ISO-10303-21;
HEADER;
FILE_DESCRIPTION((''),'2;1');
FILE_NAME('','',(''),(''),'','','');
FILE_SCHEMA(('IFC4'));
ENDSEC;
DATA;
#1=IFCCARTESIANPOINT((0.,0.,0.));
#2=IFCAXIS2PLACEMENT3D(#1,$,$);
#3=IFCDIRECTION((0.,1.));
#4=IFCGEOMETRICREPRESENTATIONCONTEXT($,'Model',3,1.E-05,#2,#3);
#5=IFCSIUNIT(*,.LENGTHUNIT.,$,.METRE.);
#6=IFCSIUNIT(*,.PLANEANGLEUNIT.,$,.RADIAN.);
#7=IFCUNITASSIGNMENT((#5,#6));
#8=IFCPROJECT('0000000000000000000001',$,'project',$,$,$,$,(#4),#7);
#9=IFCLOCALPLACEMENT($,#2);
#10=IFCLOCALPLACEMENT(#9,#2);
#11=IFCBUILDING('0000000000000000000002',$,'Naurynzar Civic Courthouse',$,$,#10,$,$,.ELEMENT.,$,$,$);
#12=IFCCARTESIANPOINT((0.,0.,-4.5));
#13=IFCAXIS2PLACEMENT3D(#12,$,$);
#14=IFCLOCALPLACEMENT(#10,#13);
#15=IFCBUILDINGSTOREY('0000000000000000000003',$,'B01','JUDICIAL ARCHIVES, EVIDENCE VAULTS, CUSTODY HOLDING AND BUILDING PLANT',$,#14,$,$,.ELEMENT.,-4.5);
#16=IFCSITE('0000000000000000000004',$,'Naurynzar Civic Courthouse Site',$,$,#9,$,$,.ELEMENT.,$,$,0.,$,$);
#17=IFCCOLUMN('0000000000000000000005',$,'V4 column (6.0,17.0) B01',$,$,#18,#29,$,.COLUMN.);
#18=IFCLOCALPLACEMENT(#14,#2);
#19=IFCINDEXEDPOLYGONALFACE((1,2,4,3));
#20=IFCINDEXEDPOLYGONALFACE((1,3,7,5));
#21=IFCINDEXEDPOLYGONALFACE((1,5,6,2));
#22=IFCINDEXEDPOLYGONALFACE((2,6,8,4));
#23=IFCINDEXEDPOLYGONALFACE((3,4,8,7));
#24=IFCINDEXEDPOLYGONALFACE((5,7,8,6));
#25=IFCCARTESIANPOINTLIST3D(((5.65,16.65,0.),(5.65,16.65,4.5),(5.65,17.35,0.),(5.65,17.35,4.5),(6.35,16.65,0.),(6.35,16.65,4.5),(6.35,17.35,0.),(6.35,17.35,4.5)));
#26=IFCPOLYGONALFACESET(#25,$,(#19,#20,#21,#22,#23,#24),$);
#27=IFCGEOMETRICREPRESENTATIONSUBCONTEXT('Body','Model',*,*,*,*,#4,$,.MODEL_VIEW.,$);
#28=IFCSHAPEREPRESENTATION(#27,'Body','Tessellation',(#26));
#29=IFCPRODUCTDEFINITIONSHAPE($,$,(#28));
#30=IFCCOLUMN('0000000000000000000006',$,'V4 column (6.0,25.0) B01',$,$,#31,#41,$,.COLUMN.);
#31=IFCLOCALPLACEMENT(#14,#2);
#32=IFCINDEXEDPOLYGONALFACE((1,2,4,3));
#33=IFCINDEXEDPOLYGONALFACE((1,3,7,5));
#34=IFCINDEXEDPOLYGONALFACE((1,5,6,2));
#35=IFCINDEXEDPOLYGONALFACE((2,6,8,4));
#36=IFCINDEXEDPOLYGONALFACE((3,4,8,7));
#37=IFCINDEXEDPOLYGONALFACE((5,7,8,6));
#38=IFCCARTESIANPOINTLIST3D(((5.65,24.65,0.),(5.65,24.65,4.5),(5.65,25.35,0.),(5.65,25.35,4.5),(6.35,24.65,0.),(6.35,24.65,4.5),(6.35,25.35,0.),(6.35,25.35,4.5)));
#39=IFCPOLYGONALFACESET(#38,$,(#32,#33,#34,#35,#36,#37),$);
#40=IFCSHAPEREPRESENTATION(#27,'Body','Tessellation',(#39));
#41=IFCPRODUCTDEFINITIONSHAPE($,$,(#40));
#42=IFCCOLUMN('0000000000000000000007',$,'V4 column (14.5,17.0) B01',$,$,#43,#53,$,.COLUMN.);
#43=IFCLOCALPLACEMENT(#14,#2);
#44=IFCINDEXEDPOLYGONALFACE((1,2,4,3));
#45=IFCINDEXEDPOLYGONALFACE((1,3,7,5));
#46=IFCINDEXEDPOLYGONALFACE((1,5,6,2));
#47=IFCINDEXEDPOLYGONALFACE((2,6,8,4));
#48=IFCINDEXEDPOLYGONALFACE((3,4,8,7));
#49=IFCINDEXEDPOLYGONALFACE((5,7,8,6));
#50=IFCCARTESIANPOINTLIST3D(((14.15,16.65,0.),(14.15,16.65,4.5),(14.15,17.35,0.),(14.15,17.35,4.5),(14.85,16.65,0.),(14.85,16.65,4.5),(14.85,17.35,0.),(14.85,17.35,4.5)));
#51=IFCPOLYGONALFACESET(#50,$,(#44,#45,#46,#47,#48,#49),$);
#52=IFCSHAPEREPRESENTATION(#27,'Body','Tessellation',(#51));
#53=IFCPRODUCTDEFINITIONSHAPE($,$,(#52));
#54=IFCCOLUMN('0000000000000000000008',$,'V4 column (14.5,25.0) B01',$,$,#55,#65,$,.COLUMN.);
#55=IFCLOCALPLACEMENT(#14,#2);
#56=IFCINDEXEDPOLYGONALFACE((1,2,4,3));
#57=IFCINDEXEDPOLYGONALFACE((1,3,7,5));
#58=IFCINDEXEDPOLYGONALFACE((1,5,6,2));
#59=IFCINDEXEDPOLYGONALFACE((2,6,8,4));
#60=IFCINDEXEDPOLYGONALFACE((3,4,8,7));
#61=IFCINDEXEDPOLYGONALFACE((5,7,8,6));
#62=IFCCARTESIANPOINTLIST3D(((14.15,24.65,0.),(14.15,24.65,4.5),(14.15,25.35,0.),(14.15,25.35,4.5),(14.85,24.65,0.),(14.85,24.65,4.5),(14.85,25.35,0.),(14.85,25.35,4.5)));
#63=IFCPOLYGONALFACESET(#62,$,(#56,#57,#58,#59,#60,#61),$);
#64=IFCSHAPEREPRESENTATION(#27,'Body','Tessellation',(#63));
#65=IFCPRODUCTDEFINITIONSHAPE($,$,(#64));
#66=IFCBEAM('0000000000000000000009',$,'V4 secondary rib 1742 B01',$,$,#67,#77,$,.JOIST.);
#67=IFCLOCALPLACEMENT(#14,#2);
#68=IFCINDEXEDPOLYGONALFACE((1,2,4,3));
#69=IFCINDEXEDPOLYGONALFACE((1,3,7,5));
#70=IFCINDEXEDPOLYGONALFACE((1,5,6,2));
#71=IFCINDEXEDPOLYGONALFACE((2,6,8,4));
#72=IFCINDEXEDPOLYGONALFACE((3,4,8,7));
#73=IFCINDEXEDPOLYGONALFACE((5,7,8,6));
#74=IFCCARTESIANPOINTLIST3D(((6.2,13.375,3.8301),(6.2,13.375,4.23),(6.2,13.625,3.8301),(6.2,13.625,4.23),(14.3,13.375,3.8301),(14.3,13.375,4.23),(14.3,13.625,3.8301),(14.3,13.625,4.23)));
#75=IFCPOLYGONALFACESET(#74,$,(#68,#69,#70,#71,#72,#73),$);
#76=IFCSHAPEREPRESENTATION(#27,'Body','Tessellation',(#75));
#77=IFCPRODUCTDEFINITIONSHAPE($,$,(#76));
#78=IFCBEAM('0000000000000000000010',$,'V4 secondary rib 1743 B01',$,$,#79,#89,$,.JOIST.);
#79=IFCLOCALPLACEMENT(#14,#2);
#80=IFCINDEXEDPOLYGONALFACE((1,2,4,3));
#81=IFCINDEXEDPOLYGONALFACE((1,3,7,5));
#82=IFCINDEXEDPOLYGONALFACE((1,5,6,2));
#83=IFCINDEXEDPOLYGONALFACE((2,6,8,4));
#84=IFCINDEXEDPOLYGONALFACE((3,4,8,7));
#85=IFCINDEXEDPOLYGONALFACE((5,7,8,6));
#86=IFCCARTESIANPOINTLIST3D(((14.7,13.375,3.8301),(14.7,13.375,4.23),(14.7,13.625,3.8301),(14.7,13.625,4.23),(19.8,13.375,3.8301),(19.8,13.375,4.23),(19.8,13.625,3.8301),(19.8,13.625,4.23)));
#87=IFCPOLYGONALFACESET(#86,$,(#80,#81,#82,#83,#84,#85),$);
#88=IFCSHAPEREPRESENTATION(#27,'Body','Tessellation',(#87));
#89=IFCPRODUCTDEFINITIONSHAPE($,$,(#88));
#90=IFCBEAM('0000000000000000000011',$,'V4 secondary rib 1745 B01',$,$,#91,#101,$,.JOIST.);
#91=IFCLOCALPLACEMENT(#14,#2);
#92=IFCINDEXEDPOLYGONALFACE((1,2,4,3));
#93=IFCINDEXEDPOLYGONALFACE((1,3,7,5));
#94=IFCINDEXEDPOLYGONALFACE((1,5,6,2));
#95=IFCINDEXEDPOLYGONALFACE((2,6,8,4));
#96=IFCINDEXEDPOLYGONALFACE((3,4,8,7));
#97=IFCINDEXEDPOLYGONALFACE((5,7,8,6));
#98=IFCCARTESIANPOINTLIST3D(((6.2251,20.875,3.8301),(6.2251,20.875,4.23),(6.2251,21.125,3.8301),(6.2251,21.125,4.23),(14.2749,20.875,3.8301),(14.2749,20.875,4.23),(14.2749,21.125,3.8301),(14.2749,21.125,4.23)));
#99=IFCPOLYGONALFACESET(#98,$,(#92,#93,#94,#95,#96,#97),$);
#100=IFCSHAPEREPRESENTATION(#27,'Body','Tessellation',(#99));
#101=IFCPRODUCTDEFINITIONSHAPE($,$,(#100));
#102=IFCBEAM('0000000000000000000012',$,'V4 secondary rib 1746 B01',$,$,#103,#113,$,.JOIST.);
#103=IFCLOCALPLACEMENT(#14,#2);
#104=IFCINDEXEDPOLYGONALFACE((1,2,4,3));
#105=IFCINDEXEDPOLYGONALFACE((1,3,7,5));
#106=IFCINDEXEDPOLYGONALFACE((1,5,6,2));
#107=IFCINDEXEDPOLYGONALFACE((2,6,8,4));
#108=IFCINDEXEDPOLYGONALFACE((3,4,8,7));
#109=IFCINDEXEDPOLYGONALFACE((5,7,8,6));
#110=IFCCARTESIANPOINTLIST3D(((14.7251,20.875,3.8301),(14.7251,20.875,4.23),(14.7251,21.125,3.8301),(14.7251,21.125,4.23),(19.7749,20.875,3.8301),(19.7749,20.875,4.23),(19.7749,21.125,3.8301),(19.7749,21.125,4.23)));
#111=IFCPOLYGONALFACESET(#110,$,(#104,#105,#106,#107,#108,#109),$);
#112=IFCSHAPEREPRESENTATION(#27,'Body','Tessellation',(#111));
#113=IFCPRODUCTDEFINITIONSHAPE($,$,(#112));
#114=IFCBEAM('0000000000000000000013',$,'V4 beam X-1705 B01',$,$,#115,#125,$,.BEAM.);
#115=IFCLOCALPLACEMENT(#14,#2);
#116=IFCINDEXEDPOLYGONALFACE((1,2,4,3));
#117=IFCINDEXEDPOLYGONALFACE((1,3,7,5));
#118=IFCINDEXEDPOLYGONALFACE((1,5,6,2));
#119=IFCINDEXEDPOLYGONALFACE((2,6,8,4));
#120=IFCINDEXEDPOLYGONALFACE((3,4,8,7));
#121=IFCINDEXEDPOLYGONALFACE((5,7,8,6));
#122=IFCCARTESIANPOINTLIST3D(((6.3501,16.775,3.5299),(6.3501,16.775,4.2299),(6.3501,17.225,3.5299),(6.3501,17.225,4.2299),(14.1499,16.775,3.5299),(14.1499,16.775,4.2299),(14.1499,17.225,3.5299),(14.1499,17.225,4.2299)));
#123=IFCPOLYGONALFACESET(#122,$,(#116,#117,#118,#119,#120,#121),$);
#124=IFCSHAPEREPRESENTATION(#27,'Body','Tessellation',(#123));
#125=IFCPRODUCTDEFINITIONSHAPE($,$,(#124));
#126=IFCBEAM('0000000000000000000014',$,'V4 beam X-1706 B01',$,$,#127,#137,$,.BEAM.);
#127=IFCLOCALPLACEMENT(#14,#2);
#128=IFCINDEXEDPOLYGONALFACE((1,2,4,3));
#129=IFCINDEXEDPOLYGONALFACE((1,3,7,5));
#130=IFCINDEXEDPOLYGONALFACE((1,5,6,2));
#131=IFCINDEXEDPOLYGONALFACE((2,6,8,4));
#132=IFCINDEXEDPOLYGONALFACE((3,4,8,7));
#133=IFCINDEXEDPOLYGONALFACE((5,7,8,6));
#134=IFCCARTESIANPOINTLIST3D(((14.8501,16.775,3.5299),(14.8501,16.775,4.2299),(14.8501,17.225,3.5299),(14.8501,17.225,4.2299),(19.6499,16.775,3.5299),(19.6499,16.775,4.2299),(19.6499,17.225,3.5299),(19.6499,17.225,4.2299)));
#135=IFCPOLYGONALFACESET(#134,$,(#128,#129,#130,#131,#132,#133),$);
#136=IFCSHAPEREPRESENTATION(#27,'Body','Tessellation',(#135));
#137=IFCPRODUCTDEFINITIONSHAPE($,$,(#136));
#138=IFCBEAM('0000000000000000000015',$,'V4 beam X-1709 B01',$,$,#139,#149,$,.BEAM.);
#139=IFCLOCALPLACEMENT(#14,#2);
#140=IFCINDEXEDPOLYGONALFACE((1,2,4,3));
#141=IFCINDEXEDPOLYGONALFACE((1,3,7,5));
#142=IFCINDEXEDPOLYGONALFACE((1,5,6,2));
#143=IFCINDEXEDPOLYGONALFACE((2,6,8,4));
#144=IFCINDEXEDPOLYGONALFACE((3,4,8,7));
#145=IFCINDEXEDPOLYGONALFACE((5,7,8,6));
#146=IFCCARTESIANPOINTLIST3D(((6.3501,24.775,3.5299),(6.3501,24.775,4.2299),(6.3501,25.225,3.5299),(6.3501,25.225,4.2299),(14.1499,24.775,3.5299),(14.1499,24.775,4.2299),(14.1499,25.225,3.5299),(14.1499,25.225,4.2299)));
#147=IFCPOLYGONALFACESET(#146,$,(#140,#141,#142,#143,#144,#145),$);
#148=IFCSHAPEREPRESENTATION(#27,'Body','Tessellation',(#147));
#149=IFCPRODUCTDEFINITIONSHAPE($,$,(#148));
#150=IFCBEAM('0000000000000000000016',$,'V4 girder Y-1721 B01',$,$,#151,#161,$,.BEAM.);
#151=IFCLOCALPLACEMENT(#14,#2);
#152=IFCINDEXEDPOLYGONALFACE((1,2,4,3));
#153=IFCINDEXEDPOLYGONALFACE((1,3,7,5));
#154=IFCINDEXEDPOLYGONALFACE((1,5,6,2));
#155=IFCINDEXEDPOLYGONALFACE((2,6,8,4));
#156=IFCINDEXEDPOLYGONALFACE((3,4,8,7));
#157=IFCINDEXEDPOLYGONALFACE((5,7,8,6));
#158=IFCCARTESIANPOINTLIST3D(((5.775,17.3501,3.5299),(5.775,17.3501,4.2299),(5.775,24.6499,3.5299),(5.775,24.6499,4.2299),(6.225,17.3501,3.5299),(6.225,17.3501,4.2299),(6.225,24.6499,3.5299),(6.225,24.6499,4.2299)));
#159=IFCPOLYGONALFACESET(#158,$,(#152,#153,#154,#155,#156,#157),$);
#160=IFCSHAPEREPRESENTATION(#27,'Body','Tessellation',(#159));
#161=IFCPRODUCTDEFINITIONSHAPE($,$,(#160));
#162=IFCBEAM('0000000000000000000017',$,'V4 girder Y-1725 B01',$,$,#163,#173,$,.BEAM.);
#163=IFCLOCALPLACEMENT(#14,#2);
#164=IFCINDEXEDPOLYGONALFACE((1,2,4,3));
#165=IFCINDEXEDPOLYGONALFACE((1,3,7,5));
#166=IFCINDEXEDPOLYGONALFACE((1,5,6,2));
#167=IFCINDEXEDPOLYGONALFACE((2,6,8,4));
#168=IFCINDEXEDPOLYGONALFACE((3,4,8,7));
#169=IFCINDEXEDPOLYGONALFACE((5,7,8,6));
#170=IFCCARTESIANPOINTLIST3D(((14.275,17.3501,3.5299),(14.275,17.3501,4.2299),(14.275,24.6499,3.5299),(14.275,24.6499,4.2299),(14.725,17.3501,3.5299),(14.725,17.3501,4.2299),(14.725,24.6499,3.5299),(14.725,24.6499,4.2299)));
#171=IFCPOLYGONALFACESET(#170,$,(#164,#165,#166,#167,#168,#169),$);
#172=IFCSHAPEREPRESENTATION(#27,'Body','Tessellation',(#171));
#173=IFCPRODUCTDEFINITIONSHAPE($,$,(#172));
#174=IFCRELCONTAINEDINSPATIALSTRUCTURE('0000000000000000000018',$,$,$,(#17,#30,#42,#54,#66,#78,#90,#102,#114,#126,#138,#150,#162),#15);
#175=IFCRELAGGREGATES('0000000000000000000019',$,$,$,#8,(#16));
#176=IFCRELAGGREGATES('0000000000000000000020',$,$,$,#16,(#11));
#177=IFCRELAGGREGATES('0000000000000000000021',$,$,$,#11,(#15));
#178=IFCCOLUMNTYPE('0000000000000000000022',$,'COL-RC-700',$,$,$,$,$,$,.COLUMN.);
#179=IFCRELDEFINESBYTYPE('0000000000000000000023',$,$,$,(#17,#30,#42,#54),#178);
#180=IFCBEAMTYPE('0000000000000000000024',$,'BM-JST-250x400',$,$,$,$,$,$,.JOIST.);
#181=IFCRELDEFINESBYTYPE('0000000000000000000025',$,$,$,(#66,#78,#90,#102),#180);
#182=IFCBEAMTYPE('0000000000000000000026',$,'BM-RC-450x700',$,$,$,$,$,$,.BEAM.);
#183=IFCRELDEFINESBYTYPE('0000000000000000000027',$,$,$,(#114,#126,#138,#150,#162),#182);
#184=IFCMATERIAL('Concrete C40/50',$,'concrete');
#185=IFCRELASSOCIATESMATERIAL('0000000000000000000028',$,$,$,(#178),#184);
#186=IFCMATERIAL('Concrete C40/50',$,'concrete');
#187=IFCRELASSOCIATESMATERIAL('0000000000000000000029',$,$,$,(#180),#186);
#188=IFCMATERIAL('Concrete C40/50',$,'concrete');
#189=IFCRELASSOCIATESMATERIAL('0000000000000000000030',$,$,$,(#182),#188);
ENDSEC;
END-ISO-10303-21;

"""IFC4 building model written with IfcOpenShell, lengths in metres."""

from ifc_helpers import new_model, si_unit, direction, frame, origin, origin_2d, place, context, subcontext, project, spatial, rectangle, extrude, material, material_profile, profile_set, type_object, element, save


model = new_model("IFC4")

# Units and contexts
model_context = context("Model", 3, precision=1e-05, world=origin(), true_north=direction((0.0, 1.0)))
body_context = subcontext(model_context, "Body", "Model", "MODEL_VIEW")
ifc_project = project(units=[si_unit("LENGTHUNIT", "METRE"), si_unit("PLANEANGLEUNIT", "RADIAN")], contexts=[model_context])

# Site, building, storey
site_placement = place(None, origin())
site = spatial("IfcSite", under=ifc_project, at=site_placement, Name="Naurynzar Civic Courthouse Site", CompositionType="ELEMENT", RefElevation=0.0)
building_placement = place(site_placement, origin())
building = spatial("IfcBuilding", under=site, at=building_placement, Name="Naurynzar Civic Courthouse", CompositionType="ELEMENT")
storey_placement = place(building_placement, frame((0.0, 0.0, -4.5)))
storey = spatial("IfcBuildingStorey", under=building, at=storey_placement, Name="B01", Description="JUDICIAL ARCHIVES, EVIDENCE VAULTS, CUSTODY HOLDING AND BUILDING PLANT", CompositionType="ELEMENT", Elevation=-4.5)

# Columns
ifc_material_1 = material(Name="Concrete C40/50", Category="concrete")
ifc_material_profile_1 = material_profile(ifc_material_1, rectangle(XDim=0.7, YDim=0.7, at=origin_2d()), Name="RC 700x700")
ifc_profile_set_1 = profile_set([ifc_material_profile_1], Name="Concrete C40/50")
column_type = type_object("IfcColumnType", Name="COL-RC-700", PredefinedType="COLUMN", material=ifc_profile_set_1)
for number, where, z_axis, x_axis, name in (
    (1, (6.0, 17.0, 0.0), (0.0, 0.0, 1.0), (1.0, 0.0, 0.0), "V4 column (6.0,17.0) B01"),
    (2, (6.0, 25.0, 0.0), (0.0, 0.0, 1.0), (1.0, 0.0, 0.0), "V4 column (6.0,25.0) B01"),
    (3, (14.5, 17.0, 0.0), (0.0, 0.0, 1.0), (1.0, 0.0, 0.0), "V4 column (14.5,17.0) B01"),
    (4, (14.5, 25.0, 0.0), (0.0, 0.0, 1.0), (1.0, 0.0, 0.0), "V4 column (14.5,25.0) B01"),
):
    element("IfcColumn", number, at=place(storey_placement, frame(where, z_axis=z_axis, x_axis=x_axis)), inside=storey, type_object=column_type, Name=name, PredefinedType="COLUMN", context=body_context, shape_type="SweptSolid", body=[
        extrude(rectangle(XDim=0.7, YDim=0.7, at=origin_2d()), origin(), (0.0, 0.0, 1.0), 4.5),
    ])

# Beams
ifc_material_2 = material(Name="Concrete C40/50", Category="concrete")
ifc_material_profile_2 = material_profile(ifc_material_2, rectangle(XDim=0.25, YDim=0.3999, at=origin_2d()), Name="RCB 250x400")
ifc_profile_set_2 = profile_set([ifc_material_profile_2], Name="Concrete C40/50")
beam_type_1 = type_object("IfcBeamType", Name="BM-JST-250x400", PredefinedType="JOIST", material=ifc_profile_set_2)
beam_1_placement = place(storey_placement, frame((6.2, 13.5, 4.03), z_axis=(1.0, 0.0, 0.0), x_axis=(0.0, 1.0, 0.0)))
element("IfcBeam", 5, at=beam_1_placement, inside=storey, type_object=beam_type_1, Name="V4 secondary rib 1742 B01", PredefinedType="JOIST", context=body_context, shape_type="SweptSolid", body=[
    extrude(rectangle(XDim=0.25, YDim=0.3999, at=origin_2d()), origin(), (0.0, 0.0, 1.0), 8.1001),
])
beam_2_placement = place(storey_placement, frame((14.7, 13.5, 4.03), z_axis=(1.0, 0.0, 0.0), x_axis=(0.0, 1.0, 0.0)))
element("IfcBeam", 6, at=beam_2_placement, inside=storey, type_object=beam_type_1, Name="V4 secondary rib 1743 B01", PredefinedType="JOIST", context=body_context, shape_type="SweptSolid", body=[
    extrude(rectangle(XDim=0.25, YDim=0.3999, at=origin_2d()), origin(), (0.0, 0.0, 1.0), 5.1001),
])
beam_3_placement = place(storey_placement, frame((6.2251, 21.0, 4.03), z_axis=(1.0, 0.0, 0.0), x_axis=(0.0, 1.0, 0.0)))
element("IfcBeam", 7, at=beam_3_placement, inside=storey, type_object=beam_type_1, Name="V4 secondary rib 1745 B01", PredefinedType="JOIST", context=body_context, shape_type="SweptSolid", body=[
    extrude(rectangle(XDim=0.25, YDim=0.3999, at=origin_2d()), origin(), (0.0, 0.0, 1.0), 8.0498),
])
beam_4_placement = place(storey_placement, frame((14.7251, 21.0, 4.03), z_axis=(1.0, 0.0, 0.0), x_axis=(0.0, 1.0, 0.0)))
element("IfcBeam", 8, at=beam_4_placement, inside=storey, type_object=beam_type_1, Name="V4 secondary rib 1746 B01", PredefinedType="JOIST", context=body_context, shape_type="SweptSolid", body=[
    extrude(rectangle(XDim=0.25, YDim=0.3999, at=origin_2d()), origin(), (0.0, 0.0, 1.0), 5.0498),
])
ifc_material_3 = material(Name="Concrete C40/50", Category="concrete")
ifc_material_profile_3 = material_profile(ifc_material_3, rectangle(XDim=0.45, YDim=0.7, at=origin_2d()), Name="RCB 450x700")
ifc_profile_set_3 = profile_set([ifc_material_profile_3], Name="Concrete C40/50")
beam_type_2 = type_object("IfcBeamType", Name="BM-RC-450x700", PredefinedType="BEAM", material=ifc_profile_set_3)
beam_5_placement = place(storey_placement, frame((6.3501, 17.0, 3.8799), z_axis=(1.0, 0.0, 0.0), x_axis=(0.0, 1.0, 0.0)))
element("IfcBeam", 9, at=beam_5_placement, inside=storey, type_object=beam_type_2, Name="V4 beam X-1705 B01", PredefinedType="BEAM", context=body_context, shape_type="SweptSolid", body=[
    extrude(rectangle(XDim=0.45, YDim=0.7, at=origin_2d()), origin(), (0.0, 0.0, 1.0), 7.7998),
])
beam_6_placement = place(storey_placement, frame((14.8501, 17.0, 3.8799), z_axis=(1.0, 0.0, 0.0), x_axis=(0.0, 1.0, 0.0)))
element("IfcBeam", 10, at=beam_6_placement, inside=storey, type_object=beam_type_2, Name="V4 beam X-1706 B01", PredefinedType="BEAM", context=body_context, shape_type="SweptSolid", body=[
    extrude(rectangle(XDim=0.45, YDim=0.7, at=origin_2d()), origin(), (0.0, 0.0, 1.0), 4.7998),
])
beam_7_placement = place(storey_placement, frame((6.3501, 25.0, 3.8799), z_axis=(1.0, 0.0, 0.0), x_axis=(0.0, 1.0, 0.0)))
element("IfcBeam", 11, at=beam_7_placement, inside=storey, type_object=beam_type_2, Name="V4 beam X-1709 B01", PredefinedType="BEAM", context=body_context, shape_type="SweptSolid", body=[
    extrude(rectangle(XDim=0.45, YDim=0.7, at=origin_2d()), origin(), (0.0, 0.0, 1.0), 7.7998),
])
for number, where, z_axis, x_axis, name in (
    (12, (6.0, 17.3501, 3.8799), (0.0, 1.0, 0.0), (-1.0, 0.0, 0.0), "V4 girder Y-1721 B01"),
    (13, (14.5, 17.3501, 3.8799), (0.0, 1.0, 0.0), (-1.0, 0.0, 0.0), "V4 girder Y-1725 B01"),
):
    element("IfcBeam", number, at=place(storey_placement, frame(where, z_axis=z_axis, x_axis=x_axis)), inside=storey, type_object=beam_type_2, Name=name, PredefinedType="BEAM", context=body_context, shape_type="SweptSolid", body=[
        extrude(rectangle(XDim=0.45, YDim=0.7, at=origin_2d()), origin(), (0.0, 0.0, 1.0), 7.2998),
    ])

save(model, "model.ifc")
